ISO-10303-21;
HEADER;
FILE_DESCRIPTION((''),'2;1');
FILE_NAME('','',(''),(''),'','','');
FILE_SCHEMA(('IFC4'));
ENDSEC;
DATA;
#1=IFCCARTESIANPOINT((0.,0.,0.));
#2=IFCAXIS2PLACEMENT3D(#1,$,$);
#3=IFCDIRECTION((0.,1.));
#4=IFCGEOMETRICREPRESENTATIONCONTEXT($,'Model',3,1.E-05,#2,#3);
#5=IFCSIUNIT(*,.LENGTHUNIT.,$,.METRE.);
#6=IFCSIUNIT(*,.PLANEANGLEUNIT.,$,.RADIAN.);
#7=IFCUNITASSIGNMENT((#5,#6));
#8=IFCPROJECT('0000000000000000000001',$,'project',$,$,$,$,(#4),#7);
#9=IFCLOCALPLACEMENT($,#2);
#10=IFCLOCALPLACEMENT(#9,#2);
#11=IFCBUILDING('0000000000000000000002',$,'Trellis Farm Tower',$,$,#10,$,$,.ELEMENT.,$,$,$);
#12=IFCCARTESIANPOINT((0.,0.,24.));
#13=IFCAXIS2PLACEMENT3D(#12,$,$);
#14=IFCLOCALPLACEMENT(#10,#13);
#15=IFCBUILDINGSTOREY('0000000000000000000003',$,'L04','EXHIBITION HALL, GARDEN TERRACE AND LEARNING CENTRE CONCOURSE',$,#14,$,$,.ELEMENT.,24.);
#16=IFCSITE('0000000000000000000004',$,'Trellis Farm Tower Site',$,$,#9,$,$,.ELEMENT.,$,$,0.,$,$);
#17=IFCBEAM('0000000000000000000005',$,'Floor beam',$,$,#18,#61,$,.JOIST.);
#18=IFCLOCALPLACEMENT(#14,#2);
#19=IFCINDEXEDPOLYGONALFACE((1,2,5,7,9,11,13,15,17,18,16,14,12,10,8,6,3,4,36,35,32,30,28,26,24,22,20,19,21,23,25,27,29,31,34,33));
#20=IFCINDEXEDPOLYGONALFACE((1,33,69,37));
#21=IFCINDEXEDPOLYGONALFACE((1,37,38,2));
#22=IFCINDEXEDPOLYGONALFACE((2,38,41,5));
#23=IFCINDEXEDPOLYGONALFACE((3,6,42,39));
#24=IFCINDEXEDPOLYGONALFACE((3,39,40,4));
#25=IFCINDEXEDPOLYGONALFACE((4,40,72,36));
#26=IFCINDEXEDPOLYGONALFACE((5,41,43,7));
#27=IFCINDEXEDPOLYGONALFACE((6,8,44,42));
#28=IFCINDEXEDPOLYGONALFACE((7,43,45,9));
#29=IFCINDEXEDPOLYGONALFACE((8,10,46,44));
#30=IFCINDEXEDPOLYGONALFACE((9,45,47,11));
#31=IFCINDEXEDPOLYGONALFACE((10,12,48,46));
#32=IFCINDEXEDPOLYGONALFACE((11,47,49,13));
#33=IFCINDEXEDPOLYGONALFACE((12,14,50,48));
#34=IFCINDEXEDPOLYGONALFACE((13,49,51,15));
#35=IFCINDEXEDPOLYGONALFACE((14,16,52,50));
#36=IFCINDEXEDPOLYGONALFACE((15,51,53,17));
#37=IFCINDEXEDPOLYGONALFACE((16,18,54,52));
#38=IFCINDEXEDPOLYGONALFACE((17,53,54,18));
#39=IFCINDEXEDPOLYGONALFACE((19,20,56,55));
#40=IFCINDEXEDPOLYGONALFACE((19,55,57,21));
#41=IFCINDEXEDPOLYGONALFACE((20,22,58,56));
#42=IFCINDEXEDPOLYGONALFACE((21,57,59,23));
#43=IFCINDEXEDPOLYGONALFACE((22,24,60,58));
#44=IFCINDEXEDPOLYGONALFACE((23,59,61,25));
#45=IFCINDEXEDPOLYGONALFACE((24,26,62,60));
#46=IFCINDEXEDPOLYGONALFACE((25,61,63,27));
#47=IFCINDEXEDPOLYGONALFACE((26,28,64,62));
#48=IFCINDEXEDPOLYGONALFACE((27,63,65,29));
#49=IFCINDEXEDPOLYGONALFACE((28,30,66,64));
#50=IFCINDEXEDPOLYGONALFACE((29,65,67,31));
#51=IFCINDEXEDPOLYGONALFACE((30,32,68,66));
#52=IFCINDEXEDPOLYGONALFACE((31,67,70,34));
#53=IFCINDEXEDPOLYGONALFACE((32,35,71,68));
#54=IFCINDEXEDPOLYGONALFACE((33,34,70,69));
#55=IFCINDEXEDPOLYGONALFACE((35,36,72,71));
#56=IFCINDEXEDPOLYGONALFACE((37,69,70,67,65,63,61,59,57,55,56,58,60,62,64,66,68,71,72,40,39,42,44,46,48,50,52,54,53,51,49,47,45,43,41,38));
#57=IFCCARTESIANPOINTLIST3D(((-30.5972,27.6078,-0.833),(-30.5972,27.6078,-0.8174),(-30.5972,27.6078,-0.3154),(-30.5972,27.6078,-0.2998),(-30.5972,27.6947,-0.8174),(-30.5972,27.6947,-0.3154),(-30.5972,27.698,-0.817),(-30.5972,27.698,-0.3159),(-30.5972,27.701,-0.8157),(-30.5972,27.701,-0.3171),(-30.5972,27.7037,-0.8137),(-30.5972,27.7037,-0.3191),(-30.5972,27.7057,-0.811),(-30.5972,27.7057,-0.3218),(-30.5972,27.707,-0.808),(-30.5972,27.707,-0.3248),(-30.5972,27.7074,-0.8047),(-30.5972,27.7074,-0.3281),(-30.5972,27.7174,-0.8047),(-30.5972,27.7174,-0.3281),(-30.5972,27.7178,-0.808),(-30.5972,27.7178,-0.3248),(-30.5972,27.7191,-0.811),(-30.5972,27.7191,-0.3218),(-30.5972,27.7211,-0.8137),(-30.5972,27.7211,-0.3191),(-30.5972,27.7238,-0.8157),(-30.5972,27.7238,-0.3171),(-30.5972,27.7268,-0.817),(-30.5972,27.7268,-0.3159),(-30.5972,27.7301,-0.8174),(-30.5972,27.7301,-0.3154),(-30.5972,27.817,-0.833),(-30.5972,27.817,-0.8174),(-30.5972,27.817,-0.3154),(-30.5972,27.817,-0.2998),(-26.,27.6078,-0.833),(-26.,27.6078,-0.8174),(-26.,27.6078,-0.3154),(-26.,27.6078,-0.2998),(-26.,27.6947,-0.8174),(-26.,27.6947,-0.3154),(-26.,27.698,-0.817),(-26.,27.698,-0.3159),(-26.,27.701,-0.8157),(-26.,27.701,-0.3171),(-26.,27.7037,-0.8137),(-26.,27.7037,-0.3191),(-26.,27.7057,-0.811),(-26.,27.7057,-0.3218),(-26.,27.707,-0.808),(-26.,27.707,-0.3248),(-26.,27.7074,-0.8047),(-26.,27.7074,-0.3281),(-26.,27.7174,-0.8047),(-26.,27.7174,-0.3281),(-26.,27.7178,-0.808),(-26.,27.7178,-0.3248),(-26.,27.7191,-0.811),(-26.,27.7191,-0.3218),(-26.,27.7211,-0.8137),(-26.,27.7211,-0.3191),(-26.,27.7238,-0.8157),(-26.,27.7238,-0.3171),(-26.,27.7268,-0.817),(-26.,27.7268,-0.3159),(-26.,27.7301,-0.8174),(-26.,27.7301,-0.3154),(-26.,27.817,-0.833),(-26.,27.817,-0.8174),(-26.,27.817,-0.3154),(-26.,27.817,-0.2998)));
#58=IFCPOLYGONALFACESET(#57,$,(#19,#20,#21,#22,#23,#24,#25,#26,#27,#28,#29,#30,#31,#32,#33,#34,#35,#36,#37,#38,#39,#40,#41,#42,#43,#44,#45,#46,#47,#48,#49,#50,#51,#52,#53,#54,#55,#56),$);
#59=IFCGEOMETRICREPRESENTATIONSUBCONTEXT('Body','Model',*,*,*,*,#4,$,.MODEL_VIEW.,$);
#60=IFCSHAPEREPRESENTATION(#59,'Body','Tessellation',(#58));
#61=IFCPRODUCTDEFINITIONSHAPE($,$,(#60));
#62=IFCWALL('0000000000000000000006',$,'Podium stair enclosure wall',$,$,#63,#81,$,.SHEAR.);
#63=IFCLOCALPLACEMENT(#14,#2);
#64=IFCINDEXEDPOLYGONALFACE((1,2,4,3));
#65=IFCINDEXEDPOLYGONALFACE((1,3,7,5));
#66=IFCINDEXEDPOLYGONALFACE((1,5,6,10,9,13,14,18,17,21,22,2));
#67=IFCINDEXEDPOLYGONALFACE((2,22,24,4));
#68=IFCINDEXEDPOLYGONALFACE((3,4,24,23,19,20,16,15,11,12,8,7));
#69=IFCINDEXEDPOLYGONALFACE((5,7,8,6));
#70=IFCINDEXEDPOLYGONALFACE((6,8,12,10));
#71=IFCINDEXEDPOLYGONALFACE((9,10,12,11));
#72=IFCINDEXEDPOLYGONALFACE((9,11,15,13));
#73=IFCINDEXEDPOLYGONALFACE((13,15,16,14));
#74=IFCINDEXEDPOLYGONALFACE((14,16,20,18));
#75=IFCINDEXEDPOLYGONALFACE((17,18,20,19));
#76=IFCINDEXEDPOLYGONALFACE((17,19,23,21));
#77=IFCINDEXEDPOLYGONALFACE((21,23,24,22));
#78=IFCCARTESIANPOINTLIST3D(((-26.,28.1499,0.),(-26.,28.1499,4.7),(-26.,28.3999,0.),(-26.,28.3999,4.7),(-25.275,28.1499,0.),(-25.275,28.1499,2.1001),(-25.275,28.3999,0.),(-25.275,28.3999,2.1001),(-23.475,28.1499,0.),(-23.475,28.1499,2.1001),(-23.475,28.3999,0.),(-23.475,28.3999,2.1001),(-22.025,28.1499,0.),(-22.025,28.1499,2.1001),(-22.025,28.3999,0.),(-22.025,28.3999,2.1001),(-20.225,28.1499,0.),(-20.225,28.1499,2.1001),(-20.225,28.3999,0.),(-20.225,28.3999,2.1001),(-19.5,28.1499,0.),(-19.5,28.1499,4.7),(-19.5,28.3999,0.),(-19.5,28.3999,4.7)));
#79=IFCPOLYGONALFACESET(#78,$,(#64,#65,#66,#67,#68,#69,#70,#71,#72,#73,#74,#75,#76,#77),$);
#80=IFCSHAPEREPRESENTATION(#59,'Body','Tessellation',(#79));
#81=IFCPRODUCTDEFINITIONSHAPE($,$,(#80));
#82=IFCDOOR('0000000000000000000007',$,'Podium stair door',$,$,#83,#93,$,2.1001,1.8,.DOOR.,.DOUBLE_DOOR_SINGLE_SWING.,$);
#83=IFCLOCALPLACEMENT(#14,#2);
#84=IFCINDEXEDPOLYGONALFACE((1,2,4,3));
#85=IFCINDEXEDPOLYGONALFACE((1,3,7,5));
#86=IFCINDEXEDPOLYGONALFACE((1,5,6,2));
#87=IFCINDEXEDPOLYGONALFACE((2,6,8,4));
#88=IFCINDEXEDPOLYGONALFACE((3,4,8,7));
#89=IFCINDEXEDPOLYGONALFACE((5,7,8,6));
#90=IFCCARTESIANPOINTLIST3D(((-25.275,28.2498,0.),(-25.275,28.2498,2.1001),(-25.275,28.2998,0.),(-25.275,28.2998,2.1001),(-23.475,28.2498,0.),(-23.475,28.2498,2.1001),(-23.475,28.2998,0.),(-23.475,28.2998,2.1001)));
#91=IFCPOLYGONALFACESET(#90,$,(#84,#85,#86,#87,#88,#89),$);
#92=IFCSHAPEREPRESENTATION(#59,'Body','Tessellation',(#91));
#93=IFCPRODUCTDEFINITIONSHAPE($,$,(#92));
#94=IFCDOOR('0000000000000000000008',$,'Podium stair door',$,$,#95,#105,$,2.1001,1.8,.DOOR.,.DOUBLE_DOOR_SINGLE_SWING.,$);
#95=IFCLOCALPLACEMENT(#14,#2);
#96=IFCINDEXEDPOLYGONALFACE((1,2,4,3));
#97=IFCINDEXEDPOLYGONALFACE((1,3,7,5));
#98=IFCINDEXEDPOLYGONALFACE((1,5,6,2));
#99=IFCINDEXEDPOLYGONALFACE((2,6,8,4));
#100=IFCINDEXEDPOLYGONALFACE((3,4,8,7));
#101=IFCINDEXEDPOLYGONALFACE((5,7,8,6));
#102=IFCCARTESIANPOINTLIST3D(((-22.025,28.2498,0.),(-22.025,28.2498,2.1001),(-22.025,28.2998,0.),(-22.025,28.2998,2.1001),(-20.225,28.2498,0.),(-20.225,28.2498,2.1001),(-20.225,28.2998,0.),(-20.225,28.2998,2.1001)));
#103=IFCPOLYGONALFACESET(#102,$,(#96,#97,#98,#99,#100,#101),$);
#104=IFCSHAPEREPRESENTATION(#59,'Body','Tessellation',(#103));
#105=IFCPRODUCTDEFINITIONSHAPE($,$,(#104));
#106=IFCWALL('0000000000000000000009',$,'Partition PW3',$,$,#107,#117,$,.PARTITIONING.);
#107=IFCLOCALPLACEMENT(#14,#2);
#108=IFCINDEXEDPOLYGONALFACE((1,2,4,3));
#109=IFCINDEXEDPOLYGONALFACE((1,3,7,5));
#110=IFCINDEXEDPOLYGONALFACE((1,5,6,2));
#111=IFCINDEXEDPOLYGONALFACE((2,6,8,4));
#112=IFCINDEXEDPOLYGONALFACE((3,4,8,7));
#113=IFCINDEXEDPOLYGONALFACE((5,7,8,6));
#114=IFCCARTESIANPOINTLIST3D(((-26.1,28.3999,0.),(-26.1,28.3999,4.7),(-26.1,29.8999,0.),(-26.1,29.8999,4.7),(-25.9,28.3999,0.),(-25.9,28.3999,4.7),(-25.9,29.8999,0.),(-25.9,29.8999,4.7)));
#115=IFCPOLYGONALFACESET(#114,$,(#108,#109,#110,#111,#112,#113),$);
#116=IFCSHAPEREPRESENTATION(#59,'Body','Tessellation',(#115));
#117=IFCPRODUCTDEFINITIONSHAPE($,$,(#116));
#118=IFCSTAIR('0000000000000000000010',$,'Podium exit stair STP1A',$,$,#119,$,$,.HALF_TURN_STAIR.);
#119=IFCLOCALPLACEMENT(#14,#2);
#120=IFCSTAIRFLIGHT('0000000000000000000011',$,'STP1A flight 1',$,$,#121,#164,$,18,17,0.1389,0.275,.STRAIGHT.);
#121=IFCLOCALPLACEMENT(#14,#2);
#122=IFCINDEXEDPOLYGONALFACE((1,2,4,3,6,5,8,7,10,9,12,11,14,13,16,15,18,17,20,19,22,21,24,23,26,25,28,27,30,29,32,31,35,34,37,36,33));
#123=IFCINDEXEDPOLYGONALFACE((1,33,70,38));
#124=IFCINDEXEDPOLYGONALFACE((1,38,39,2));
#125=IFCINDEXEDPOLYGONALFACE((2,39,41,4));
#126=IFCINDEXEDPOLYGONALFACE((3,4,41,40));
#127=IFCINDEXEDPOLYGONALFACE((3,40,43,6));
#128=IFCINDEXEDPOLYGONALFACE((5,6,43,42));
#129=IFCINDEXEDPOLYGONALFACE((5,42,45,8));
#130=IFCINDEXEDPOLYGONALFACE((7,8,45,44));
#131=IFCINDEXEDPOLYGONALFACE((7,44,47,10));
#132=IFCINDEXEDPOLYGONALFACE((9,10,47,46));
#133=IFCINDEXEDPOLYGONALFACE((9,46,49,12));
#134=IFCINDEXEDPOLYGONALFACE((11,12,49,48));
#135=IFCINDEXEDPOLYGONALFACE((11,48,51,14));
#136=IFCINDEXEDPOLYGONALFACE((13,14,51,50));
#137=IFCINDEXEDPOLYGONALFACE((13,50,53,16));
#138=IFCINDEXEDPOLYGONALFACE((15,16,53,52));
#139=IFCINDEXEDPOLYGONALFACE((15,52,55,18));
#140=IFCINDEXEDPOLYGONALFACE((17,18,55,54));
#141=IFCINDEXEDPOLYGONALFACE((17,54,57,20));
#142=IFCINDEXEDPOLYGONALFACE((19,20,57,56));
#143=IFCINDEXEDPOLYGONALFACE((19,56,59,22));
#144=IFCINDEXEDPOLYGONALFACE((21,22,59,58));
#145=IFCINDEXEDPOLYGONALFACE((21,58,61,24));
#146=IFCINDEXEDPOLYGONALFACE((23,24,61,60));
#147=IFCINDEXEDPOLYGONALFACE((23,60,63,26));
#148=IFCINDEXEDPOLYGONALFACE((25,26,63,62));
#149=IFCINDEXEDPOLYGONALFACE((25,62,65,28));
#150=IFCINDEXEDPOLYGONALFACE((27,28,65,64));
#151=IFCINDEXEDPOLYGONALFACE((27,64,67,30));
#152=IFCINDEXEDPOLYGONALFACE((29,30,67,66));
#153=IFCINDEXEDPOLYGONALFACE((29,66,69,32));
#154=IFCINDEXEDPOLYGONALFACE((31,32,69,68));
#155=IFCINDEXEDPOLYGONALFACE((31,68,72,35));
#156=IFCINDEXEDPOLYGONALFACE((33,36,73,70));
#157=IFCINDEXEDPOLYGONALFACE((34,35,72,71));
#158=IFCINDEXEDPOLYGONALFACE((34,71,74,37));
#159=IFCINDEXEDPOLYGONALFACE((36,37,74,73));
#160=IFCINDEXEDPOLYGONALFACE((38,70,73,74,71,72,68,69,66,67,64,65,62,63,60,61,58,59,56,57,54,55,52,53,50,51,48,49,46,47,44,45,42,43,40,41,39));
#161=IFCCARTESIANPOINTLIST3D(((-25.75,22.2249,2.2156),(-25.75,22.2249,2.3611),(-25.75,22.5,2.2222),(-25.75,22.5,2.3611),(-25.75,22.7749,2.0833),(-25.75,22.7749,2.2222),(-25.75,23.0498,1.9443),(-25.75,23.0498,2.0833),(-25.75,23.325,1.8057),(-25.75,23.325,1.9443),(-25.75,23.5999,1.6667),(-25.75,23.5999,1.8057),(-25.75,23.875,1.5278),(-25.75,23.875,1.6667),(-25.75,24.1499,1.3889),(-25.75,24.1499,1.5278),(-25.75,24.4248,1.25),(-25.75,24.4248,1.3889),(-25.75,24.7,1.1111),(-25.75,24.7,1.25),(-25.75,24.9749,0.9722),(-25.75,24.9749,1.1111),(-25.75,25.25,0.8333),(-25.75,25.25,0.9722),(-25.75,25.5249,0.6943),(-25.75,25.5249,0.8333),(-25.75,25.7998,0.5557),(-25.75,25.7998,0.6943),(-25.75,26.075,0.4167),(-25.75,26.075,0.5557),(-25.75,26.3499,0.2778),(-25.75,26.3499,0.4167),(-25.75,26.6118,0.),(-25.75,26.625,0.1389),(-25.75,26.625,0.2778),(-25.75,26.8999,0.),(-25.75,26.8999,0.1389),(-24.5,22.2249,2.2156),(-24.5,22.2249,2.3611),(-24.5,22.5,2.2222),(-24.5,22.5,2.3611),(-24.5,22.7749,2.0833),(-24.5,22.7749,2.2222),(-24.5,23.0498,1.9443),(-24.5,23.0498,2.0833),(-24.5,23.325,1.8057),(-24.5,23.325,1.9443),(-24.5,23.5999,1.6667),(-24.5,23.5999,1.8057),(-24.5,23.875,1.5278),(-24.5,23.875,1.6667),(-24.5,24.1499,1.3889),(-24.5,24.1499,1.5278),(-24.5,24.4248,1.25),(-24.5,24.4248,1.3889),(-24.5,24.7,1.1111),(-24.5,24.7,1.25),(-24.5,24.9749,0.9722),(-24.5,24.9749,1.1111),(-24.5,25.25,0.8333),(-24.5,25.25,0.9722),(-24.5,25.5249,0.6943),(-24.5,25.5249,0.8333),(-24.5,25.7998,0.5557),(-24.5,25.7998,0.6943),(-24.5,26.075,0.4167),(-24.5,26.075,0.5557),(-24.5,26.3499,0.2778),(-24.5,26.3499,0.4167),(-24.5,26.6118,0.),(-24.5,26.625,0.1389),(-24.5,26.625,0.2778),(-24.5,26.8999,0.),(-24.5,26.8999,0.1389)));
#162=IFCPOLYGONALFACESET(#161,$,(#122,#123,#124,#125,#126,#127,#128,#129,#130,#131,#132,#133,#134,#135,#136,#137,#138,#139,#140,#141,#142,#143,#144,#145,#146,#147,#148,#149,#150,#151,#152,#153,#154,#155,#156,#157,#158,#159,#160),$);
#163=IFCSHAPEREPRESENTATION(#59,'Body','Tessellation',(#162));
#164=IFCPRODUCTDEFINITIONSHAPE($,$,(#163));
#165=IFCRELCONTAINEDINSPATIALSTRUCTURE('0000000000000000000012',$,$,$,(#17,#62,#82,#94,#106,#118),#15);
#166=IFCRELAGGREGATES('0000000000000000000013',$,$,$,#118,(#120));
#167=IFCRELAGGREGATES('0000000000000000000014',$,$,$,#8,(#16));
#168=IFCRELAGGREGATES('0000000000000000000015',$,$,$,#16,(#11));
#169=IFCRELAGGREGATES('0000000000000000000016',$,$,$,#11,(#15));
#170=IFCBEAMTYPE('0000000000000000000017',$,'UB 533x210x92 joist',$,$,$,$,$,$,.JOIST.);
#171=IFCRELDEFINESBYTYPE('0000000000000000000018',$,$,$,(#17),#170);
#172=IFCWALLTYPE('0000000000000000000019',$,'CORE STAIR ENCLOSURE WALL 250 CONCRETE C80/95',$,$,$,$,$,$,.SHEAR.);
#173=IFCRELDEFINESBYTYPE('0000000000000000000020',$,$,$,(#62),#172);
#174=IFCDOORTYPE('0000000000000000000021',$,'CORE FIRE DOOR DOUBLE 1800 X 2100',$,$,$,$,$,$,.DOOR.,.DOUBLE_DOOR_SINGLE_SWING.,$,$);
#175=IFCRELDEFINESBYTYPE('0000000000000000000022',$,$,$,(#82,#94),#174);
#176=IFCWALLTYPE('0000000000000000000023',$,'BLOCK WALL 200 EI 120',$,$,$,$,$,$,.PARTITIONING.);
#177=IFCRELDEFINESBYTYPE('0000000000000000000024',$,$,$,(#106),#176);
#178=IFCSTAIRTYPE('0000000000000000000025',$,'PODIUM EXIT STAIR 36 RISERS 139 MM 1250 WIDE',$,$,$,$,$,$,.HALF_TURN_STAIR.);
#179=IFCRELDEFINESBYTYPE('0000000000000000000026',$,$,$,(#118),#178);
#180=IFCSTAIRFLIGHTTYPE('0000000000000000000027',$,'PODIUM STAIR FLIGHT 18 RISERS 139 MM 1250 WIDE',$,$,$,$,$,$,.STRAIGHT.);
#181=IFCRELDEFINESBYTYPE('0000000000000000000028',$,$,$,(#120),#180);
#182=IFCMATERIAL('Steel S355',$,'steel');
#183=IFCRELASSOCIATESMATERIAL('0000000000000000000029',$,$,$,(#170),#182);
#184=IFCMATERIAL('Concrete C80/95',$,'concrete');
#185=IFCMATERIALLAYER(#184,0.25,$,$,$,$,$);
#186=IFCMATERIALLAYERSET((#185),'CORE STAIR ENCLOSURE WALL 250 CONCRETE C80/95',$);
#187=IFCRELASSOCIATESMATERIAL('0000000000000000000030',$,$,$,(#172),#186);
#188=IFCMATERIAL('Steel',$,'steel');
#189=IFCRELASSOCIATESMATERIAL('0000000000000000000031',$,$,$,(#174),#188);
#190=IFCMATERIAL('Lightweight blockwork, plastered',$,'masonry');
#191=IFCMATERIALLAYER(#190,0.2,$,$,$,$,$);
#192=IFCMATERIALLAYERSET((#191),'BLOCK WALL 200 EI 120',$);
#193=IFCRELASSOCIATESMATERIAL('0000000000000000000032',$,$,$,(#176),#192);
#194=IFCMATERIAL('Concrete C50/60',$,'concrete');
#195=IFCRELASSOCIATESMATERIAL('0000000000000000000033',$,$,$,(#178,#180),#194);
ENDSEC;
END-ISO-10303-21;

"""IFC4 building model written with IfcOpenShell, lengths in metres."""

from ifc_helpers import new_model, si_unit, direction, frame, frame_2d, origin, origin_2d, place, context, subcontext, project, spatial, polyline, rectangle, i_section, outline, extrude, source, transform, mapped, material, layer, layer_set, material_profile, profile_set, type_object, element, fill, aggregate, save


model = new_model("IFC4")

# Units and contexts
model_context = context("Model", 3, precision=1e-05, world=origin(), true_north=direction((0.0, 1.0)))
body_context = subcontext(model_context, "Body", "Model", "MODEL_VIEW")
ifc_project = project(units=[si_unit("LENGTHUNIT", "METRE"), si_unit("PLANEANGLEUNIT", "RADIAN")], contexts=[model_context])

# Site, building, storey
site_placement = place(None, origin())
site = spatial("IfcSite", under=ifc_project, at=site_placement, Name="Trellis Farm Tower Site", CompositionType="ELEMENT", RefElevation=0.0)
building_placement = place(site_placement, origin())
building = spatial("IfcBuilding", under=site, at=building_placement, Name="Trellis Farm Tower", CompositionType="ELEMENT")
storey_placement = place(building_placement, frame((0.0, 0.0, 24.0)))
storey = spatial("IfcBuildingStorey", under=building, at=storey_placement, Name="L04", Description="EXHIBITION HALL, GARDEN TERRACE AND LEARNING CENTRE CONCOURSE", CompositionType="ELEMENT", Elevation=24.0)

# Beam
ifc_material_1 = material(Name="Steel S355", Category="steel")
ifc_material_profile_1 = material_profile(ifc_material_1, i_section(OverallWidth=0.2092, OverallDepth=0.5332, WebThickness=0.01, FlangeThickness=0.0156, FilletRadius=0.0127, at=origin_2d()), Name="UB 533x210x92")
ifc_profile_set_1 = profile_set([ifc_material_profile_1], Name="Steel S355")
beam_type_1 = type_object("IfcBeamType", Name="UB 533x210x92 joist", PredefinedType="JOIST", material=ifc_profile_set_1)
shared_shape_1 = source(origin(), body_context, "Body", "SweptSolid", [
    extrude(i_section(OverallWidth=0.2092, OverallDepth=0.5332, WebThickness=0.01, FlangeThickness=0.0156, FilletRadius=0.0127, at=origin_2d()), origin(), (0.0, 0.0, 1.0), 4.5972),
])
for number, where, z_axis, x_axis, name in (
    (1, (-30.5972, 27.7124, -0.5664), (1.0, 0.0, 0.0), (0.0, 1.0, 0.0), "Floor beam"),
):
    element("IfcBeam", number, at=place(storey_placement, frame(where, z_axis=z_axis, x_axis=x_axis)), inside=storey, type_object=beam_type_1, Name=name, PredefinedType="JOIST", context=body_context, shape_type="MappedRepresentation", body=[
        mapped(shared_shape_1, transform((0.0, 0.0, 0.0))),
    ])

# Wall, openings, doors
ifc_material_2 = material(Name="Concrete C80/95", Category="concrete")
ifc_layer_1 = layer(ifc_material_2, 0.25)
ifc_layer_set_1 = layer_set([ifc_layer_1], Name="CORE STAIR ENCLOSURE WALL 250 CONCRETE C80/95")
wall_type_1 = type_object("IfcWallType", Name="CORE STAIR ENCLOSURE WALL 250 CONCRETE C80/95", PredefinedType="SHEAR", material=ifc_layer_set_1)
shared_shape_2 = source(origin(), body_context, "Body", "SweptSolid", [
    extrude(rectangle(XDim=6.5, YDim=0.25, at=frame_2d((3.25, 0.0))), origin(), (0.0, 0.0, 1.0), 4.7),
])
wall_1_placement = place(storey_placement, frame((-26.0, 28.2749, 0.0), z_axis=(0.0, 0.0, 1.0), x_axis=(1.0, 0.0, 0.0)))
wall_1 = element("IfcWall", 2, at=wall_1_placement, inside=storey, type_object=wall_type_1, Name="Podium stair enclosure wall", PredefinedType="SHEAR", context=body_context, shape_type="MappedRepresentation", body=[
    mapped(shared_shape_2, transform((0.0, 0.0, 0.0))),
])
shared_shape_3 = source(origin(), body_context, "Body", "SweptSolid", [
    extrude(rectangle(XDim=1.8, YDim=2.1001, at=frame_2d((0.8999, 1.05))), frame((0.0, 0.135, 0.0), z_axis=(0.0, -1.0, 0.0), x_axis=(1.0, 0.0, 0.0)), (0.0, 0.0, 1.0), 0.27),
])
opening_1_placement = place(wall_1_placement, frame((0.7251, 0.0, 0.0)))
opening_1 = element("IfcOpeningElement", 3, at=opening_1_placement, cuts=wall_1, PredefinedType="OPENING", context=body_context, shape_type="MappedRepresentation", body=[
    mapped(shared_shape_3, transform((0.0, 0.0, 0.0))),
])
opening_2_placement = place(wall_1_placement, frame((3.9751, 0.0, 0.0)))
opening_2 = element("IfcOpeningElement", 4, at=opening_2_placement, cuts=wall_1, PredefinedType="OPENING", context=body_context, shape_type="MappedRepresentation", body=[
    mapped(shared_shape_3, transform((0.0, 0.0, 0.0))),
])
ifc_material_3 = material(Name="Steel", Category="steel")
door_type = type_object("IfcDoorType", Name="CORE FIRE DOOR DOUBLE 1800 X 2100", OperationType="DOUBLE_DOOR_SINGLE_SWING", PredefinedType="DOOR", material=ifc_material_3)
shared_shape_4 = source(origin(), body_context, "Body", "SweptSolid", [
    extrude(rectangle(XDim=1.8, YDim=2.1001, at=frame_2d((0.8999, 1.05))), frame((0.0, 0.0249, 0.0), z_axis=(0.0, -1.0, 0.0), x_axis=(1.0, 0.0, 0.0)), (0.0, 0.0, 1.0), 0.05),
])
door_1_placement = place(opening_1_placement, origin())
door_1 = element("IfcDoor", 5, at=door_1_placement, inside=storey, type_object=door_type, Name="Podium stair door", OperationType="DOUBLE_DOOR_SINGLE_SWING", OverallHeight=2.1001, OverallWidth=1.8, PredefinedType="DOOR", context=body_context, shape_type="MappedRepresentation", body=[
    mapped(shared_shape_4, transform((0.0, 0.0, 0.0))),
])
fill(opening_1, door_1)
door_2_placement = place(opening_2_placement, origin())
door_2 = element("IfcDoor", 6, at=door_2_placement, inside=storey, type_object=door_type, Name="Podium stair door", OperationType="DOUBLE_DOOR_SINGLE_SWING", OverallHeight=2.1001, OverallWidth=1.8, PredefinedType="DOOR", context=body_context, shape_type="MappedRepresentation", body=[
    mapped(shared_shape_4, transform((0.0, 0.0, 0.0))),
])
fill(opening_2, door_2)

# Wall
ifc_material_4 = material(Name="Lightweight blockwork, plastered", Category="masonry")
ifc_layer_2 = layer(ifc_material_4, 0.2)
ifc_layer_set_2 = layer_set([ifc_layer_2], Name="BLOCK WALL 200 EI 120")
wall_type_2 = type_object("IfcWallType", Name="BLOCK WALL 200 EI 120", PredefinedType="PARTITIONING", material=ifc_layer_set_2)
shared_shape_5 = source(origin(), body_context, "Body", "SweptSolid", [
    extrude(rectangle(XDim=1.5, YDim=0.2, at=frame_2d((0.75, 0.0))), origin(), (0.0, 0.0, 1.0), 4.7),
])
wall_2_placement = place(storey_placement, frame((-26.0, 28.3999, 0.0), z_axis=(0.0, 0.0, 1.0), x_axis=(0.0, 1.0, 0.0)))
element("IfcWall", 7, at=wall_2_placement, inside=storey, type_object=wall_type_2, Name="Partition PW3", PredefinedType="PARTITIONING", context=body_context, shape_type="MappedRepresentation", body=[
    mapped(shared_shape_5, transform((0.0, 0.0, 0.0))),
])

# Stair, stair flight
ifc_material_5 = material(Name="Concrete C50/60", Category="concrete")
stair_type = type_object("IfcStairType", Name="PODIUM EXIT STAIR 36 RISERS 139 MM 1250 WIDE", PredefinedType="HALF_TURN_STAIR", material=ifc_material_5)
stair_placement = place(storey_placement, origin())
stair = element("IfcStair", 8, at=stair_placement, inside=storey, type_object=stair_type, Name="Podium exit stair STP1A", PredefinedType="HALF_TURN_STAIR")
stair_flight_type = type_object("IfcStairFlightType", Name="PODIUM STAIR FLIGHT 18 RISERS 139 MM 1250 WIDE", PredefinedType="STRAIGHT", material=ifc_material_5)
shared_shape_6 = source(origin(), body_context, "Body", "SweptSolid", [
    extrude(outline(polyline([(0.0, 0.0), (0.0, 0.1389), (0.2749, 0.1389), (0.2749, 0.2778), (0.55, 0.2778), (0.55, 0.4167), (0.825, 0.4167), (0.825, 0.5557), (1.1001, 0.5557), (1.1001, 0.6943), (1.375, 0.6943), (1.375, 0.8333), (1.6499, 0.8333), (1.6499, 0.9722), (1.925, 0.9722), (1.925, 1.1111), (2.2, 1.1111), (2.2, 1.25), (2.4751, 1.25), (2.4751, 1.3889), (2.75, 1.3889), (2.75, 1.5278), (3.0249, 1.5278), (3.0249, 1.6667), (3.3, 1.6667), (3.3, 1.8057), (3.575, 1.8057), (3.575, 1.9443), (3.8501, 1.9443), (3.8501, 2.0833), (4.125, 2.0833), (4.125, 2.2222), (4.3999, 2.2222), (4.3999, 2.3611), (4.675, 2.3611), (4.675, 2.5), (4.675, 2.2156), (0.2881, 0.0), (0.0, 0.0)])), frame((0.0, 0.625, 0.0), z_axis=(0.0, -1.0, 0.0), x_axis=(1.0, 0.0, 0.0)), (0.0, 0.0, 1.0), 1.25),
])
stair_flight_1_placement = place(storey_placement, frame((-25.125, 26.8999, 0.0), z_axis=(0.0, 0.0, 1.0), x_axis=(0.0, -1.0, 0.0)))
stair_flight_1 = element("IfcStairFlight", 9, at=stair_flight_1_placement, type_object=stair_flight_type, Name="STP1A flight 1", NumberOfRisers=18, NumberOfTreads=17, PredefinedType="STRAIGHT", RiserHeight=0.1389, TreadLength=0.275, context=body_context, shape_type="MappedRepresentation", body=[
    mapped(shared_shape_6, transform((0.0, 0.0, 0.0))),
])
aggregate(stair, [stair_flight_1])

save(model, "model.ifc")
